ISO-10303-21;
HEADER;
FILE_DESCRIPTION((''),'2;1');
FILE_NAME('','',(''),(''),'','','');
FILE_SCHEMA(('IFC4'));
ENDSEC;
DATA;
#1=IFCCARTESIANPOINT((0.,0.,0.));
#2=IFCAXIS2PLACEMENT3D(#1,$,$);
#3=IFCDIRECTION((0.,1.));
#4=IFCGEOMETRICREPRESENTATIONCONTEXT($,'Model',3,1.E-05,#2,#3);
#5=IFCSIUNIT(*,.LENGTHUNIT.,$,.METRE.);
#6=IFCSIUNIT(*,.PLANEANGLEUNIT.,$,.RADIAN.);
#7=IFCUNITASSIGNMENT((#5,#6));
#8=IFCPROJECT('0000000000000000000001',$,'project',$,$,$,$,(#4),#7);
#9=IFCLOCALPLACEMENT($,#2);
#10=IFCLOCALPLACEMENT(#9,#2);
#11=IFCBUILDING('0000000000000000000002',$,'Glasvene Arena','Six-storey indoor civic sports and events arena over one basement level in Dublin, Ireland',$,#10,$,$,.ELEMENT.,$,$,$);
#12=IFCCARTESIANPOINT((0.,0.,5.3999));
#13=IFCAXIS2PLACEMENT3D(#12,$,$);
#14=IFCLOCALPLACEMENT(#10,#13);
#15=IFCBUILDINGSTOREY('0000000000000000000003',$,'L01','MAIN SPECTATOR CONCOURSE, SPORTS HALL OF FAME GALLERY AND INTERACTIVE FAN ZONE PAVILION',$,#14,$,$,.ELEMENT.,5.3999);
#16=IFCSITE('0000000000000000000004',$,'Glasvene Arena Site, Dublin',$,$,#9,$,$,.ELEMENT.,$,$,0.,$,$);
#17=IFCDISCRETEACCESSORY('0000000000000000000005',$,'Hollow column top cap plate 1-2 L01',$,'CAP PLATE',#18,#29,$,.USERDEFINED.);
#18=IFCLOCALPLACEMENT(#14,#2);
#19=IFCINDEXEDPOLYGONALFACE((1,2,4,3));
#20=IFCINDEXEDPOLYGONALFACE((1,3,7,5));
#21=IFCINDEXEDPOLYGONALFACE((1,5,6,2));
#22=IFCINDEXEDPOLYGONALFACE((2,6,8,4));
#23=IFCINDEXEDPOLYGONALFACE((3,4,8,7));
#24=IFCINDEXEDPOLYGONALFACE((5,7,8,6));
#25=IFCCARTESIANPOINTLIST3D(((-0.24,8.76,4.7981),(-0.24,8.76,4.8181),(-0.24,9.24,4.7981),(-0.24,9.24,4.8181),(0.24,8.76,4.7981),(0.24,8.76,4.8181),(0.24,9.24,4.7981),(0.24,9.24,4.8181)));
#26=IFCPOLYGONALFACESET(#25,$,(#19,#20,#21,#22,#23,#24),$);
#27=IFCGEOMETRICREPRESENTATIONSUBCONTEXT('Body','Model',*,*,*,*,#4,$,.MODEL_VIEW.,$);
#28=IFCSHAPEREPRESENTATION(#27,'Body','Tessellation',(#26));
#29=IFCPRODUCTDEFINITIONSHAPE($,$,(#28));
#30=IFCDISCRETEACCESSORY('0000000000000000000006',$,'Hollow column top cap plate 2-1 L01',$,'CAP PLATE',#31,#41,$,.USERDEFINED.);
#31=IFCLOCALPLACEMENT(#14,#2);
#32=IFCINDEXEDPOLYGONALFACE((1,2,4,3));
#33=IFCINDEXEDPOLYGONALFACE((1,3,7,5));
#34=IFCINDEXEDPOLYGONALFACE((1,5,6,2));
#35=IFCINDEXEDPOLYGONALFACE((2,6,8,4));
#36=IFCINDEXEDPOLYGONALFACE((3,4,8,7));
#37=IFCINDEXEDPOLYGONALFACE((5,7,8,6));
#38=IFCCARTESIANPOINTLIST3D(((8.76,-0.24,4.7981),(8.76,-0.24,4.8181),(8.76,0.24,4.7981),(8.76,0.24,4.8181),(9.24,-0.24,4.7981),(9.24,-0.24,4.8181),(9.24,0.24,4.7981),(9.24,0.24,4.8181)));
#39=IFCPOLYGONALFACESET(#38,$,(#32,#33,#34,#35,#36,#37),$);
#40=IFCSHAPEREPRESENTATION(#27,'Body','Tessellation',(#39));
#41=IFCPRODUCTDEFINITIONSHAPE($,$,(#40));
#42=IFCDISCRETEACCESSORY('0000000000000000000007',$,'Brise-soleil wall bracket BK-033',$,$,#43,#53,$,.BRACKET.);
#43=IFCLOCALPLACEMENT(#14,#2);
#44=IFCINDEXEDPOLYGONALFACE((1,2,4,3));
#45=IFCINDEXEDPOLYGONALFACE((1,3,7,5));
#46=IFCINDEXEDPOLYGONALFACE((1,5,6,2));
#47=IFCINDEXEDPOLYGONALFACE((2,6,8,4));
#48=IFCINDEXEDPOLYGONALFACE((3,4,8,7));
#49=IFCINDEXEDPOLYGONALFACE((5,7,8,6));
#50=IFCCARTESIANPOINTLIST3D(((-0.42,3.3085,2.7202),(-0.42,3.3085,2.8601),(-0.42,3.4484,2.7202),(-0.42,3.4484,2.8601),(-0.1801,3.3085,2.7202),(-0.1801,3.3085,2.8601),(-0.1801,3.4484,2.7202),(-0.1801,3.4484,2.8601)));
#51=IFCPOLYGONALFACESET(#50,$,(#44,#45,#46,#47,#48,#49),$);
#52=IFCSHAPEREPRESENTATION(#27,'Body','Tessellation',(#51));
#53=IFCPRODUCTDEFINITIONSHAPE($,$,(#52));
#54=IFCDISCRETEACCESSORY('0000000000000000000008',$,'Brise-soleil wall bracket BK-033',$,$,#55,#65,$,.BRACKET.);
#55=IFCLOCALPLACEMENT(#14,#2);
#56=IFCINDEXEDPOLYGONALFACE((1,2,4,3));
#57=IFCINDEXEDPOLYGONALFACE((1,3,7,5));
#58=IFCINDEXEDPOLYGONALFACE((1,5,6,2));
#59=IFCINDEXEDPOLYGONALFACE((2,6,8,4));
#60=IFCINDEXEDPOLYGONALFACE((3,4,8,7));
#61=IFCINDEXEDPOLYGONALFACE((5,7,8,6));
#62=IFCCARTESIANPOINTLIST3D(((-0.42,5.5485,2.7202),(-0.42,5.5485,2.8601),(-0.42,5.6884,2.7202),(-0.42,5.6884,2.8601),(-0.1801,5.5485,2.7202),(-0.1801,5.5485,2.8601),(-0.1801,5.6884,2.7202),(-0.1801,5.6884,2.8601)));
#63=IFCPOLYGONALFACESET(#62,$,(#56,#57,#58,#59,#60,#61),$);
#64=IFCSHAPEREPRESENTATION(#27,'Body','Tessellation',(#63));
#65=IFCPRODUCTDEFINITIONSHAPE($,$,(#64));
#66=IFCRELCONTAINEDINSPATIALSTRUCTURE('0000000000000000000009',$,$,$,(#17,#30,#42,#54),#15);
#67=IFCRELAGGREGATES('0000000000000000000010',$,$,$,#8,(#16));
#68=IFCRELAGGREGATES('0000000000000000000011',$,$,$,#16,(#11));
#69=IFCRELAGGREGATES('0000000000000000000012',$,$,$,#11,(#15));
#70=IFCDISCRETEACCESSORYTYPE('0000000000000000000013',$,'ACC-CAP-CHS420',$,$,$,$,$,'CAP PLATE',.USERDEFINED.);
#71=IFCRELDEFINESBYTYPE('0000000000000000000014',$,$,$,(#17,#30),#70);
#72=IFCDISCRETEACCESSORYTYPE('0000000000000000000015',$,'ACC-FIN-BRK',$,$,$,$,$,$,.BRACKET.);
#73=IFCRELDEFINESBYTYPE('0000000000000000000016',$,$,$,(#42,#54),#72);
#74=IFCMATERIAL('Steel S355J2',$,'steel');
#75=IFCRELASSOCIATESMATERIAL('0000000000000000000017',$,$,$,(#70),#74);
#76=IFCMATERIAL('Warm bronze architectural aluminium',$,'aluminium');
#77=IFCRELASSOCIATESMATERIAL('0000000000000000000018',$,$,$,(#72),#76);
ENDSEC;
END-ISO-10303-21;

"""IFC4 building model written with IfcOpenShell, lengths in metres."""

from ifc_helpers import new_model, si_unit, direction, frame, origin, origin_2d, place, context, subcontext, project, spatial, rectangle, extrude, material, type_object, element, save


model = new_model("IFC4")

# Units and contexts
model_context = context("Model", 3, precision=1e-05, world=origin(), true_north=direction((0.0, 1.0)))
body_context = subcontext(model_context, "Body", "Model", "MODEL_VIEW")
ifc_project = project(units=[si_unit("LENGTHUNIT", "METRE"), si_unit("PLANEANGLEUNIT", "RADIAN")], contexts=[model_context])

# Site, building, storey
site_placement = place(None, origin())
site = spatial("IfcSite", under=ifc_project, at=site_placement, Name="Glasvene Arena Site, Dublin", CompositionType="ELEMENT", RefElevation=0.0)
building_placement = place(site_placement, origin())
building = spatial("IfcBuilding", under=site, at=building_placement, Name="Glasvene Arena", Description="Six-storey indoor civic sports and events arena over one basement level in Dublin, Ireland", CompositionType="ELEMENT")
storey_placement = place(building_placement, frame((0.0, 0.0, 5.3999)))
storey = spatial("IfcBuildingStorey", under=building, at=storey_placement, Name="L01", Description="MAIN SPECTATOR CONCOURSE, SPORTS HALL OF FAME GALLERY AND INTERACTIVE FAN ZONE PAVILION", CompositionType="ELEMENT", Elevation=5.3999)

# Shared definitions
ifc_material_1 = material(Name="Steel S355J2", Category="steel")

# Shared definitions
ifc_material_2 = material(Name="Warm bronze architectural aluminium", Category="aluminium")

# Discrete accessories
discrete_accessory_type_1 = type_object("IfcDiscreteAccessoryType", Name="ACC-CAP-CHS420", ElementType="CAP PLATE", PredefinedType="USERDEFINED", material=ifc_material_1)
for number, where, z_axis, x_axis, name in (
    (1, (0.0, 9.0, 4.7981), (0.0, 0.0, 1.0), (1.0, 0.0, 0.0), "Hollow column top cap plate 1-2 L01"),
    (2, (9.0, 0.0, 4.7981), (0.0, 0.0, 1.0), (1.0, 0.0, 0.0), "Hollow column top cap plate 2-1 L01"),
):
    element("IfcDiscreteAccessory", number, at=place(storey_placement, frame(where, z_axis=z_axis, x_axis=x_axis)), inside=storey, type_object=discrete_accessory_type_1, Name=name, ObjectType="CAP PLATE", PredefinedType="USERDEFINED", context=body_context, shape_type="SweptSolid", body=[
        extrude(rectangle(XDim=0.48, YDim=0.48, at=origin_2d()), origin(), (0.0, 0.0, 1.0), 0.02),
    ])
discrete_accessory_type_2 = type_object("IfcDiscreteAccessoryType", Name="ACC-FIN-BRK", PredefinedType="BRACKET", material=ifc_material_2)
for number, where, z_axis, x_axis, name in (
    (3, (-0.3, 3.3784, 2.7202), (0.0, 0.0, 1.0), (0.0, 1.0, 0.0), "Brise-soleil wall bracket BK-033"),
    (4, (-0.3, 5.6184, 2.7202), (0.0, 0.0, 1.0), (0.0, 1.0, 0.0), "Brise-soleil wall bracket BK-033"),
):
    element("IfcDiscreteAccessory", number, at=place(storey_placement, frame(where, z_axis=z_axis, x_axis=x_axis)), inside=storey, type_object=discrete_accessory_type_2, Name=name, PredefinedType="BRACKET", context=body_context, shape_type="SweptSolid", body=[
        extrude(rectangle(XDim=0.1399, YDim=0.24, at=origin_2d()), origin(), (0.0, 0.0, 1.0), 0.1399),
    ])

save(model, "model.ifc")
